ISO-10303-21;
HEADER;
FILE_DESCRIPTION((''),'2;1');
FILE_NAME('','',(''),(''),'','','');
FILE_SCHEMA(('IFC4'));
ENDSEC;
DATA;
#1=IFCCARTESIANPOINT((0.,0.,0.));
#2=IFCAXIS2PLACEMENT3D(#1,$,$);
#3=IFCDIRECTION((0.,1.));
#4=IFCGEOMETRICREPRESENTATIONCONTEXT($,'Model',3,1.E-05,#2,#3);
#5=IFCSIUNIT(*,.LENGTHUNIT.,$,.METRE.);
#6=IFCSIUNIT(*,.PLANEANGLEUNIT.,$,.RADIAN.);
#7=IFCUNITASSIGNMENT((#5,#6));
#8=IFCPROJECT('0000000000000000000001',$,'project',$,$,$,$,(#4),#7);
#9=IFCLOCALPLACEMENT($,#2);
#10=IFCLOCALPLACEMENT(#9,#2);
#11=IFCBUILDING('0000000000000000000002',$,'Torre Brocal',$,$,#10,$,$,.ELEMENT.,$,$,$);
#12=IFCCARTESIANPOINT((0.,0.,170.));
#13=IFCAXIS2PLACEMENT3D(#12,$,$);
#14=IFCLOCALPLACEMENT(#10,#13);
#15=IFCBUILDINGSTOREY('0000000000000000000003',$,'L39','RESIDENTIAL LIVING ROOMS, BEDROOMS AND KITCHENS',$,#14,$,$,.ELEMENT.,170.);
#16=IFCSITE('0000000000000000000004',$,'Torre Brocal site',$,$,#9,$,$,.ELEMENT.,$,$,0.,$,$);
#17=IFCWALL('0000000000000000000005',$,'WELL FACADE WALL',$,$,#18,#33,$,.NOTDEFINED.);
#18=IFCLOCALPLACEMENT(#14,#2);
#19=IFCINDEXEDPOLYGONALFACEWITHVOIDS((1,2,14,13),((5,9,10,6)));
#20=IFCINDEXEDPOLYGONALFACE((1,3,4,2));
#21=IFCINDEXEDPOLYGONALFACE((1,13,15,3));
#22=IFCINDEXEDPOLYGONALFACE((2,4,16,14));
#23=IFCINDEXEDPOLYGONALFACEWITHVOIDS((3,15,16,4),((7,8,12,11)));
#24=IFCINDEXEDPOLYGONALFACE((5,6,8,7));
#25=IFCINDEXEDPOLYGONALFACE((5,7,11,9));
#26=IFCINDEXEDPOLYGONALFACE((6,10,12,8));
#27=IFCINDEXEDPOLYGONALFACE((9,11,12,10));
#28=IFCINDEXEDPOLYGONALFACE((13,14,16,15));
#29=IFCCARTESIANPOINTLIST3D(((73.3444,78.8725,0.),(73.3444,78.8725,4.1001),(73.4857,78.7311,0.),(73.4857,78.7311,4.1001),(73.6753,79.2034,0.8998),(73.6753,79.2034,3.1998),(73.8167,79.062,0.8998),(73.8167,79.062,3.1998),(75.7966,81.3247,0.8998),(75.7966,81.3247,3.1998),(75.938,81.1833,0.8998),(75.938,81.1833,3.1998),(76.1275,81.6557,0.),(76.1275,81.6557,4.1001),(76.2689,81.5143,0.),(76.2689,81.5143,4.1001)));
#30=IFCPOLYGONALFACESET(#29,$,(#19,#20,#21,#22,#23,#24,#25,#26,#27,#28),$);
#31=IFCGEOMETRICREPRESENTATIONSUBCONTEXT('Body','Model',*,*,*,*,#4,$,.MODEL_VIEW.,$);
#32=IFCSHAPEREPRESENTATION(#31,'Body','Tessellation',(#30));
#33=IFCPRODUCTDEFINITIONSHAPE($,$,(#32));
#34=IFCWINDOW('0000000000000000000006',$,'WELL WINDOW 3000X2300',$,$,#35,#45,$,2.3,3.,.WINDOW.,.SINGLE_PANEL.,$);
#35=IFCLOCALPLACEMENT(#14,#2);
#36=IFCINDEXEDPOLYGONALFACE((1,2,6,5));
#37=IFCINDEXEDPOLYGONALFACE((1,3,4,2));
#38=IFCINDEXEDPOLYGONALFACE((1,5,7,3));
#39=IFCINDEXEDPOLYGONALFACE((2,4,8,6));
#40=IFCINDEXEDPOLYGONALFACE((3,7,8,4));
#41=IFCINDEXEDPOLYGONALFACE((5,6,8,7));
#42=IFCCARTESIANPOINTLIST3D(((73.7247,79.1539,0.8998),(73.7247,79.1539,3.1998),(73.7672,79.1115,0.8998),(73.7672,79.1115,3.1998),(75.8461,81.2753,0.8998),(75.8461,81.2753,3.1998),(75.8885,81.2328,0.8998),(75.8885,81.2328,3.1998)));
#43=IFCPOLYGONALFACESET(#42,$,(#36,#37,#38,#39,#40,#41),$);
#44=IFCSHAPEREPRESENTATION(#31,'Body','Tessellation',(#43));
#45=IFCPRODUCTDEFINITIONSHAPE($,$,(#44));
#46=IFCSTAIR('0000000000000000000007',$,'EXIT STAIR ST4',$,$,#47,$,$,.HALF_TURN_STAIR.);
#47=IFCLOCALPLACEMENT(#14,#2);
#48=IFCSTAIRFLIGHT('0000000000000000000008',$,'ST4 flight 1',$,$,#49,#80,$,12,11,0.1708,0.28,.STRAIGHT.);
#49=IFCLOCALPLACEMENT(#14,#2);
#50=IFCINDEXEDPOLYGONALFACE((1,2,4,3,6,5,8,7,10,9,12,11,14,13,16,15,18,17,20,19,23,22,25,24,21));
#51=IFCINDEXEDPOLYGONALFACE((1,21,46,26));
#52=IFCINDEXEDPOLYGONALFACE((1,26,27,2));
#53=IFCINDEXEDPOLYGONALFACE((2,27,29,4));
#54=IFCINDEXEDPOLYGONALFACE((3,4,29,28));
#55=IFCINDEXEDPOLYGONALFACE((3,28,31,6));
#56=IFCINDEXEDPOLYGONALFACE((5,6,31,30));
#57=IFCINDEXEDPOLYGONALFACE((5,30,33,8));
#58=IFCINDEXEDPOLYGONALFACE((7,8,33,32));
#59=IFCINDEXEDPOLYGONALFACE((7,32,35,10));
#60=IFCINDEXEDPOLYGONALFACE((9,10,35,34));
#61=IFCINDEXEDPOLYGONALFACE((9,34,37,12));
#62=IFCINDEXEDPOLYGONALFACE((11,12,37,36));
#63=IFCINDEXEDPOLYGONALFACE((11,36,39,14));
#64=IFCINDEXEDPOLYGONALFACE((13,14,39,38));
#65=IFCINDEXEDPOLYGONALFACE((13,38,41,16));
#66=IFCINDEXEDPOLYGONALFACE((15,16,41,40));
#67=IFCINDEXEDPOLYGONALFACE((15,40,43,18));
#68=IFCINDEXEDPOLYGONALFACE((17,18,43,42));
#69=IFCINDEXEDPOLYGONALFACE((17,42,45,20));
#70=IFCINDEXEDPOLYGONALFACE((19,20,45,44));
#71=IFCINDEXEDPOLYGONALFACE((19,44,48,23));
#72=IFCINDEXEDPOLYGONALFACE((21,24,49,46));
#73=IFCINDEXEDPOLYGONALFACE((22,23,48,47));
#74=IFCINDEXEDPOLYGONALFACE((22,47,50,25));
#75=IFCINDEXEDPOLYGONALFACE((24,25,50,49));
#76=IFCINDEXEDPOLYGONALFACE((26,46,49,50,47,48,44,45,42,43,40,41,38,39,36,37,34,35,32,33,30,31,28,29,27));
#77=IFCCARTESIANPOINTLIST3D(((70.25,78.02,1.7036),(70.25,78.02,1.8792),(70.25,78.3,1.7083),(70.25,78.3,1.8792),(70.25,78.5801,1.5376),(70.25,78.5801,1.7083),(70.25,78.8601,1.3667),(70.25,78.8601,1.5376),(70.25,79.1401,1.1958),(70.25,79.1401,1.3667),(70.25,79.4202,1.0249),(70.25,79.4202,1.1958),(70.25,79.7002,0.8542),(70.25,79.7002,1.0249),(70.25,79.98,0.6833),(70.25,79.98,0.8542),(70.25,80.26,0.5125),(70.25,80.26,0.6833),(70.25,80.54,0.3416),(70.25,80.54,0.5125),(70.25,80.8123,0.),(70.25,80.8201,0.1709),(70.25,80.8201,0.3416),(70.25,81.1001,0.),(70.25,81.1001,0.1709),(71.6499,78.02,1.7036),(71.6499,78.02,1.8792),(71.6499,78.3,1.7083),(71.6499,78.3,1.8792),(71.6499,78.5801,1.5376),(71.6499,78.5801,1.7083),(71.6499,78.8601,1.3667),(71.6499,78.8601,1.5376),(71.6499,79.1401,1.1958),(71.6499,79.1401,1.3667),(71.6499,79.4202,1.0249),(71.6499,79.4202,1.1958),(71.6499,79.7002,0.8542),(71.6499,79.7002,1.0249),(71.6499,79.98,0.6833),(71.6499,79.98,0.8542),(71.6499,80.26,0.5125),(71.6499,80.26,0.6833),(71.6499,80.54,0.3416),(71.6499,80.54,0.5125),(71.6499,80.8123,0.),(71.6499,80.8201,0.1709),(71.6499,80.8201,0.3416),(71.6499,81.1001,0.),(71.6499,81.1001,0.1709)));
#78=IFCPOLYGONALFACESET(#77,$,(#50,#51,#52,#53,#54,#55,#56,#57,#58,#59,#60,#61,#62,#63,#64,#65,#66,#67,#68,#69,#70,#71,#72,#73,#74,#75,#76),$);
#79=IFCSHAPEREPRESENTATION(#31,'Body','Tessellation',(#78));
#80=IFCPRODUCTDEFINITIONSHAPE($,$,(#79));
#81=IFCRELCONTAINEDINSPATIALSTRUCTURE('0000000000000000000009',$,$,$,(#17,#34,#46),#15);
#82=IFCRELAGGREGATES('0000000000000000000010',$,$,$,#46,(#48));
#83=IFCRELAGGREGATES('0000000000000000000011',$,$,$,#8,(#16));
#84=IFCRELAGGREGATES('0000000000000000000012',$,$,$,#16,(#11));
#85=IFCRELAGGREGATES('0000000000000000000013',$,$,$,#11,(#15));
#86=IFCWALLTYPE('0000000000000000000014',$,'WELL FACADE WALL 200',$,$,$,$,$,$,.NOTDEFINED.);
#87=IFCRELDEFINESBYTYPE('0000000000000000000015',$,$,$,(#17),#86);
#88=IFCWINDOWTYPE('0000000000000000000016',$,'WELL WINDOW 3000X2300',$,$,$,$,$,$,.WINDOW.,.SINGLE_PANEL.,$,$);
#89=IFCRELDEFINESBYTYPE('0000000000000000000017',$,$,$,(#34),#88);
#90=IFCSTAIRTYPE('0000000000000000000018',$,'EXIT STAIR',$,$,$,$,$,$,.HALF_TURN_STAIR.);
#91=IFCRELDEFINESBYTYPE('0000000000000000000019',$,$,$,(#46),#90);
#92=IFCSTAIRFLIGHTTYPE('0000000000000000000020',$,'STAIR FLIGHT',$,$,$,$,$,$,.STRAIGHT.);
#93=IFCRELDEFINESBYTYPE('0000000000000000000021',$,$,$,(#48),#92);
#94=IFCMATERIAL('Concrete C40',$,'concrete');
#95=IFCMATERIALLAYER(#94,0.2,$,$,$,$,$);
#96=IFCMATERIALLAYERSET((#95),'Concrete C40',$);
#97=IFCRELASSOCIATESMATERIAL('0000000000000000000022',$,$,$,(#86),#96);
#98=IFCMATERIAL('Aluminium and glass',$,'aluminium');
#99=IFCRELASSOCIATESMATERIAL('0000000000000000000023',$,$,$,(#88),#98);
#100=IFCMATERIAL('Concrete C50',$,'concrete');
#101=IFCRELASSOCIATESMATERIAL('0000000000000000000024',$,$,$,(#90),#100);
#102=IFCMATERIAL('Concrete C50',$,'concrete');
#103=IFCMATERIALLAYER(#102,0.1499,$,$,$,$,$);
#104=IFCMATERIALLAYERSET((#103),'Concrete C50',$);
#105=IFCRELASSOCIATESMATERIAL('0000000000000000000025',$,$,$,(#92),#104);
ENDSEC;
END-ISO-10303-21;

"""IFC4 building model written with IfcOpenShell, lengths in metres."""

from ifc_helpers import new_model, si_unit, direction, frame, frame_2d, origin, place, context, subcontext, project, spatial, polyline, rectangle, outline, extrude, material, layer, layer_set, type_object, element, fill, aggregate, save


model = new_model("IFC4")

# Units and contexts
model_context = context("Model", 3, precision=1e-05, world=origin(), true_north=direction((0.0, 1.0)))
body_context = subcontext(model_context, "Body", "Model", "MODEL_VIEW")
ifc_project = project(units=[si_unit("LENGTHUNIT", "METRE"), si_unit("PLANEANGLEUNIT", "RADIAN")], contexts=[model_context])

# Site, building, storey
site_placement = place(None, origin())
site = spatial("IfcSite", under=ifc_project, at=site_placement, Name="Torre Brocal site", CompositionType="ELEMENT", RefElevation=0.0)
building_placement = place(site_placement, origin())
building = spatial("IfcBuilding", under=site, at=building_placement, Name="Torre Brocal", CompositionType="ELEMENT")
storey_placement = place(building_placement, frame((0.0, 0.0, 170.0)))
storey = spatial("IfcBuildingStorey", under=building, at=storey_placement, Name="L39", Description="RESIDENTIAL LIVING ROOMS, BEDROOMS AND KITCHENS", CompositionType="ELEMENT", Elevation=170.0)

# Wall, opening, window
ifc_material_1 = material(Name="Concrete C40", Category="concrete")
ifc_layer_1 = layer(ifc_material_1, 0.2)
ifc_layer_set_1 = layer_set([ifc_layer_1], Name="Concrete C40")
wall_type_1 = type_object("IfcWallType", Name="WELL FACADE WALL 200", PredefinedType="NOTDEFINED", material=ifc_layer_set_1)
wall_1_placement = place(storey_placement, frame((76.1982, 81.585, 0.0), z_axis=(0.0, 0.0, 1.0), x_axis=(-0.707107, -0.707107, 0.0)))
wall_1 = element("IfcWall", 1, at=wall_1_placement, inside=storey, type_object=wall_type_1, Name="WELL FACADE WALL", PredefinedType="NOTDEFINED", context=body_context, shape_type="SweptSolid", body=[
    extrude(rectangle(XDim=3.936, YDim=0.2, at=frame_2d((1.968, 0.0))), origin(), (0.0, 0.0, 1.0), 4.1001),
])
opening_1_placement = place(wall_1_placement, frame((0.468, 0.0, 0.8999)))
opening_1 = element("IfcOpeningElement", 2, at=opening_1_placement, cuts=wall_1, PredefinedType="OPENING", context=body_context, shape_type="SweptSolid", body=[
    extrude(rectangle(XDim=3.0, YDim=2.3, at=frame_2d((1.5, 1.1499))), frame((0.0, 0.1099, 0.0), z_axis=(0.0, -1.0, 0.0), x_axis=(1.0, 0.0, 0.0)), (0.0, 0.0, 1.0), 0.22),
])
ifc_material_2 = material(Name="Aluminium and glass", Category="aluminium")
window_type = type_object("IfcWindowType", Name="WELL WINDOW 3000X2300", PartitioningType="SINGLE_PANEL", PredefinedType="WINDOW", material=ifc_material_2)
window_placement = place(opening_1_placement, origin())
window = element("IfcWindow", 3, at=window_placement, inside=storey, type_object=window_type, Name="WELL WINDOW 3000X2300", OverallHeight=2.3, OverallWidth=3.0, PartitioningType="SINGLE_PANEL", PredefinedType="WINDOW", context=body_context, shape_type="SweptSolid", body=[
    extrude(rectangle(XDim=3.0, YDim=2.3, at=frame_2d((1.5, 1.1499))), frame((0.0, 0.03, 0.0), z_axis=(0.0, -1.0, 0.0), x_axis=(1.0, 0.0, 0.0)), (0.0, 0.0, 1.0), 0.0601),
])
fill(opening_1, window)

# Stair, stair flight
ifc_material_3 = material(Name="Concrete C50", Category="concrete")
stair_type = type_object("IfcStairType", Name="EXIT STAIR", PredefinedType="HALF_TURN_STAIR", material=ifc_material_3)
stair_placement = place(storey_placement, origin())
stair = element("IfcStair", 4, at=stair_placement, inside=storey, type_object=stair_type, Name="EXIT STAIR ST4", PredefinedType="HALF_TURN_STAIR")
ifc_material_4 = material(Name="Concrete C50", Category="concrete")
ifc_layer_2 = layer(ifc_material_4, 0.1499)
ifc_layer_set_2 = layer_set([ifc_layer_2], Name="Concrete C50")
stair_flight_type = type_object("IfcStairFlightType", Name="STAIR FLIGHT", PredefinedType="STRAIGHT", material=ifc_layer_set_2)
stair_flight_placement = place(storey_placement, frame((70.95, 81.1001, 0.0), z_axis=(0.0, 0.0, 1.0), x_axis=(0.0, -1.0, 0.0)))
stair_flight = element("IfcStairFlight", 5, at=stair_flight_placement, type_object=stair_flight_type, Name="ST4 flight 1", NumberOfRisers=12, NumberOfTreads=11, PredefinedType="STRAIGHT", RiserHeight=0.1708, TreadLength=0.28, context=body_context, shape_type="SweptSolid", body=[
    extrude(outline(polyline([(0.0, 0.0), (0.0, 0.1709), (0.28, 0.1709), (0.28, 0.3416), (0.5601, 0.3416), (0.5601, 0.5125), (0.8401, 0.5125), (0.8401, 0.6833), (1.1201, 0.6833), (1.1201, 0.8542), (1.3999, 0.8542), (1.3999, 1.0249), (1.6799, 1.0249), (1.6799, 1.1958), (1.96, 1.1958), (1.96, 1.3667), (2.24, 1.3667), (2.24, 1.5376), (2.52, 1.5376), (2.52, 1.7083), (2.8, 1.7083), (2.8, 1.8792), (3.0801, 1.8792), (3.0801, 2.05), (3.0801, 1.7036), (0.2878, 0.0), (0.0, 0.0)])), frame((0.0, 0.7, 0.0), z_axis=(0.0, -1.0, 0.0), x_axis=(1.0, 0.0, 0.0)), (0.0, 0.0, 1.0), 1.3999),
])
aggregate(stair, [stair_flight])

save(model, "model.ifc")
